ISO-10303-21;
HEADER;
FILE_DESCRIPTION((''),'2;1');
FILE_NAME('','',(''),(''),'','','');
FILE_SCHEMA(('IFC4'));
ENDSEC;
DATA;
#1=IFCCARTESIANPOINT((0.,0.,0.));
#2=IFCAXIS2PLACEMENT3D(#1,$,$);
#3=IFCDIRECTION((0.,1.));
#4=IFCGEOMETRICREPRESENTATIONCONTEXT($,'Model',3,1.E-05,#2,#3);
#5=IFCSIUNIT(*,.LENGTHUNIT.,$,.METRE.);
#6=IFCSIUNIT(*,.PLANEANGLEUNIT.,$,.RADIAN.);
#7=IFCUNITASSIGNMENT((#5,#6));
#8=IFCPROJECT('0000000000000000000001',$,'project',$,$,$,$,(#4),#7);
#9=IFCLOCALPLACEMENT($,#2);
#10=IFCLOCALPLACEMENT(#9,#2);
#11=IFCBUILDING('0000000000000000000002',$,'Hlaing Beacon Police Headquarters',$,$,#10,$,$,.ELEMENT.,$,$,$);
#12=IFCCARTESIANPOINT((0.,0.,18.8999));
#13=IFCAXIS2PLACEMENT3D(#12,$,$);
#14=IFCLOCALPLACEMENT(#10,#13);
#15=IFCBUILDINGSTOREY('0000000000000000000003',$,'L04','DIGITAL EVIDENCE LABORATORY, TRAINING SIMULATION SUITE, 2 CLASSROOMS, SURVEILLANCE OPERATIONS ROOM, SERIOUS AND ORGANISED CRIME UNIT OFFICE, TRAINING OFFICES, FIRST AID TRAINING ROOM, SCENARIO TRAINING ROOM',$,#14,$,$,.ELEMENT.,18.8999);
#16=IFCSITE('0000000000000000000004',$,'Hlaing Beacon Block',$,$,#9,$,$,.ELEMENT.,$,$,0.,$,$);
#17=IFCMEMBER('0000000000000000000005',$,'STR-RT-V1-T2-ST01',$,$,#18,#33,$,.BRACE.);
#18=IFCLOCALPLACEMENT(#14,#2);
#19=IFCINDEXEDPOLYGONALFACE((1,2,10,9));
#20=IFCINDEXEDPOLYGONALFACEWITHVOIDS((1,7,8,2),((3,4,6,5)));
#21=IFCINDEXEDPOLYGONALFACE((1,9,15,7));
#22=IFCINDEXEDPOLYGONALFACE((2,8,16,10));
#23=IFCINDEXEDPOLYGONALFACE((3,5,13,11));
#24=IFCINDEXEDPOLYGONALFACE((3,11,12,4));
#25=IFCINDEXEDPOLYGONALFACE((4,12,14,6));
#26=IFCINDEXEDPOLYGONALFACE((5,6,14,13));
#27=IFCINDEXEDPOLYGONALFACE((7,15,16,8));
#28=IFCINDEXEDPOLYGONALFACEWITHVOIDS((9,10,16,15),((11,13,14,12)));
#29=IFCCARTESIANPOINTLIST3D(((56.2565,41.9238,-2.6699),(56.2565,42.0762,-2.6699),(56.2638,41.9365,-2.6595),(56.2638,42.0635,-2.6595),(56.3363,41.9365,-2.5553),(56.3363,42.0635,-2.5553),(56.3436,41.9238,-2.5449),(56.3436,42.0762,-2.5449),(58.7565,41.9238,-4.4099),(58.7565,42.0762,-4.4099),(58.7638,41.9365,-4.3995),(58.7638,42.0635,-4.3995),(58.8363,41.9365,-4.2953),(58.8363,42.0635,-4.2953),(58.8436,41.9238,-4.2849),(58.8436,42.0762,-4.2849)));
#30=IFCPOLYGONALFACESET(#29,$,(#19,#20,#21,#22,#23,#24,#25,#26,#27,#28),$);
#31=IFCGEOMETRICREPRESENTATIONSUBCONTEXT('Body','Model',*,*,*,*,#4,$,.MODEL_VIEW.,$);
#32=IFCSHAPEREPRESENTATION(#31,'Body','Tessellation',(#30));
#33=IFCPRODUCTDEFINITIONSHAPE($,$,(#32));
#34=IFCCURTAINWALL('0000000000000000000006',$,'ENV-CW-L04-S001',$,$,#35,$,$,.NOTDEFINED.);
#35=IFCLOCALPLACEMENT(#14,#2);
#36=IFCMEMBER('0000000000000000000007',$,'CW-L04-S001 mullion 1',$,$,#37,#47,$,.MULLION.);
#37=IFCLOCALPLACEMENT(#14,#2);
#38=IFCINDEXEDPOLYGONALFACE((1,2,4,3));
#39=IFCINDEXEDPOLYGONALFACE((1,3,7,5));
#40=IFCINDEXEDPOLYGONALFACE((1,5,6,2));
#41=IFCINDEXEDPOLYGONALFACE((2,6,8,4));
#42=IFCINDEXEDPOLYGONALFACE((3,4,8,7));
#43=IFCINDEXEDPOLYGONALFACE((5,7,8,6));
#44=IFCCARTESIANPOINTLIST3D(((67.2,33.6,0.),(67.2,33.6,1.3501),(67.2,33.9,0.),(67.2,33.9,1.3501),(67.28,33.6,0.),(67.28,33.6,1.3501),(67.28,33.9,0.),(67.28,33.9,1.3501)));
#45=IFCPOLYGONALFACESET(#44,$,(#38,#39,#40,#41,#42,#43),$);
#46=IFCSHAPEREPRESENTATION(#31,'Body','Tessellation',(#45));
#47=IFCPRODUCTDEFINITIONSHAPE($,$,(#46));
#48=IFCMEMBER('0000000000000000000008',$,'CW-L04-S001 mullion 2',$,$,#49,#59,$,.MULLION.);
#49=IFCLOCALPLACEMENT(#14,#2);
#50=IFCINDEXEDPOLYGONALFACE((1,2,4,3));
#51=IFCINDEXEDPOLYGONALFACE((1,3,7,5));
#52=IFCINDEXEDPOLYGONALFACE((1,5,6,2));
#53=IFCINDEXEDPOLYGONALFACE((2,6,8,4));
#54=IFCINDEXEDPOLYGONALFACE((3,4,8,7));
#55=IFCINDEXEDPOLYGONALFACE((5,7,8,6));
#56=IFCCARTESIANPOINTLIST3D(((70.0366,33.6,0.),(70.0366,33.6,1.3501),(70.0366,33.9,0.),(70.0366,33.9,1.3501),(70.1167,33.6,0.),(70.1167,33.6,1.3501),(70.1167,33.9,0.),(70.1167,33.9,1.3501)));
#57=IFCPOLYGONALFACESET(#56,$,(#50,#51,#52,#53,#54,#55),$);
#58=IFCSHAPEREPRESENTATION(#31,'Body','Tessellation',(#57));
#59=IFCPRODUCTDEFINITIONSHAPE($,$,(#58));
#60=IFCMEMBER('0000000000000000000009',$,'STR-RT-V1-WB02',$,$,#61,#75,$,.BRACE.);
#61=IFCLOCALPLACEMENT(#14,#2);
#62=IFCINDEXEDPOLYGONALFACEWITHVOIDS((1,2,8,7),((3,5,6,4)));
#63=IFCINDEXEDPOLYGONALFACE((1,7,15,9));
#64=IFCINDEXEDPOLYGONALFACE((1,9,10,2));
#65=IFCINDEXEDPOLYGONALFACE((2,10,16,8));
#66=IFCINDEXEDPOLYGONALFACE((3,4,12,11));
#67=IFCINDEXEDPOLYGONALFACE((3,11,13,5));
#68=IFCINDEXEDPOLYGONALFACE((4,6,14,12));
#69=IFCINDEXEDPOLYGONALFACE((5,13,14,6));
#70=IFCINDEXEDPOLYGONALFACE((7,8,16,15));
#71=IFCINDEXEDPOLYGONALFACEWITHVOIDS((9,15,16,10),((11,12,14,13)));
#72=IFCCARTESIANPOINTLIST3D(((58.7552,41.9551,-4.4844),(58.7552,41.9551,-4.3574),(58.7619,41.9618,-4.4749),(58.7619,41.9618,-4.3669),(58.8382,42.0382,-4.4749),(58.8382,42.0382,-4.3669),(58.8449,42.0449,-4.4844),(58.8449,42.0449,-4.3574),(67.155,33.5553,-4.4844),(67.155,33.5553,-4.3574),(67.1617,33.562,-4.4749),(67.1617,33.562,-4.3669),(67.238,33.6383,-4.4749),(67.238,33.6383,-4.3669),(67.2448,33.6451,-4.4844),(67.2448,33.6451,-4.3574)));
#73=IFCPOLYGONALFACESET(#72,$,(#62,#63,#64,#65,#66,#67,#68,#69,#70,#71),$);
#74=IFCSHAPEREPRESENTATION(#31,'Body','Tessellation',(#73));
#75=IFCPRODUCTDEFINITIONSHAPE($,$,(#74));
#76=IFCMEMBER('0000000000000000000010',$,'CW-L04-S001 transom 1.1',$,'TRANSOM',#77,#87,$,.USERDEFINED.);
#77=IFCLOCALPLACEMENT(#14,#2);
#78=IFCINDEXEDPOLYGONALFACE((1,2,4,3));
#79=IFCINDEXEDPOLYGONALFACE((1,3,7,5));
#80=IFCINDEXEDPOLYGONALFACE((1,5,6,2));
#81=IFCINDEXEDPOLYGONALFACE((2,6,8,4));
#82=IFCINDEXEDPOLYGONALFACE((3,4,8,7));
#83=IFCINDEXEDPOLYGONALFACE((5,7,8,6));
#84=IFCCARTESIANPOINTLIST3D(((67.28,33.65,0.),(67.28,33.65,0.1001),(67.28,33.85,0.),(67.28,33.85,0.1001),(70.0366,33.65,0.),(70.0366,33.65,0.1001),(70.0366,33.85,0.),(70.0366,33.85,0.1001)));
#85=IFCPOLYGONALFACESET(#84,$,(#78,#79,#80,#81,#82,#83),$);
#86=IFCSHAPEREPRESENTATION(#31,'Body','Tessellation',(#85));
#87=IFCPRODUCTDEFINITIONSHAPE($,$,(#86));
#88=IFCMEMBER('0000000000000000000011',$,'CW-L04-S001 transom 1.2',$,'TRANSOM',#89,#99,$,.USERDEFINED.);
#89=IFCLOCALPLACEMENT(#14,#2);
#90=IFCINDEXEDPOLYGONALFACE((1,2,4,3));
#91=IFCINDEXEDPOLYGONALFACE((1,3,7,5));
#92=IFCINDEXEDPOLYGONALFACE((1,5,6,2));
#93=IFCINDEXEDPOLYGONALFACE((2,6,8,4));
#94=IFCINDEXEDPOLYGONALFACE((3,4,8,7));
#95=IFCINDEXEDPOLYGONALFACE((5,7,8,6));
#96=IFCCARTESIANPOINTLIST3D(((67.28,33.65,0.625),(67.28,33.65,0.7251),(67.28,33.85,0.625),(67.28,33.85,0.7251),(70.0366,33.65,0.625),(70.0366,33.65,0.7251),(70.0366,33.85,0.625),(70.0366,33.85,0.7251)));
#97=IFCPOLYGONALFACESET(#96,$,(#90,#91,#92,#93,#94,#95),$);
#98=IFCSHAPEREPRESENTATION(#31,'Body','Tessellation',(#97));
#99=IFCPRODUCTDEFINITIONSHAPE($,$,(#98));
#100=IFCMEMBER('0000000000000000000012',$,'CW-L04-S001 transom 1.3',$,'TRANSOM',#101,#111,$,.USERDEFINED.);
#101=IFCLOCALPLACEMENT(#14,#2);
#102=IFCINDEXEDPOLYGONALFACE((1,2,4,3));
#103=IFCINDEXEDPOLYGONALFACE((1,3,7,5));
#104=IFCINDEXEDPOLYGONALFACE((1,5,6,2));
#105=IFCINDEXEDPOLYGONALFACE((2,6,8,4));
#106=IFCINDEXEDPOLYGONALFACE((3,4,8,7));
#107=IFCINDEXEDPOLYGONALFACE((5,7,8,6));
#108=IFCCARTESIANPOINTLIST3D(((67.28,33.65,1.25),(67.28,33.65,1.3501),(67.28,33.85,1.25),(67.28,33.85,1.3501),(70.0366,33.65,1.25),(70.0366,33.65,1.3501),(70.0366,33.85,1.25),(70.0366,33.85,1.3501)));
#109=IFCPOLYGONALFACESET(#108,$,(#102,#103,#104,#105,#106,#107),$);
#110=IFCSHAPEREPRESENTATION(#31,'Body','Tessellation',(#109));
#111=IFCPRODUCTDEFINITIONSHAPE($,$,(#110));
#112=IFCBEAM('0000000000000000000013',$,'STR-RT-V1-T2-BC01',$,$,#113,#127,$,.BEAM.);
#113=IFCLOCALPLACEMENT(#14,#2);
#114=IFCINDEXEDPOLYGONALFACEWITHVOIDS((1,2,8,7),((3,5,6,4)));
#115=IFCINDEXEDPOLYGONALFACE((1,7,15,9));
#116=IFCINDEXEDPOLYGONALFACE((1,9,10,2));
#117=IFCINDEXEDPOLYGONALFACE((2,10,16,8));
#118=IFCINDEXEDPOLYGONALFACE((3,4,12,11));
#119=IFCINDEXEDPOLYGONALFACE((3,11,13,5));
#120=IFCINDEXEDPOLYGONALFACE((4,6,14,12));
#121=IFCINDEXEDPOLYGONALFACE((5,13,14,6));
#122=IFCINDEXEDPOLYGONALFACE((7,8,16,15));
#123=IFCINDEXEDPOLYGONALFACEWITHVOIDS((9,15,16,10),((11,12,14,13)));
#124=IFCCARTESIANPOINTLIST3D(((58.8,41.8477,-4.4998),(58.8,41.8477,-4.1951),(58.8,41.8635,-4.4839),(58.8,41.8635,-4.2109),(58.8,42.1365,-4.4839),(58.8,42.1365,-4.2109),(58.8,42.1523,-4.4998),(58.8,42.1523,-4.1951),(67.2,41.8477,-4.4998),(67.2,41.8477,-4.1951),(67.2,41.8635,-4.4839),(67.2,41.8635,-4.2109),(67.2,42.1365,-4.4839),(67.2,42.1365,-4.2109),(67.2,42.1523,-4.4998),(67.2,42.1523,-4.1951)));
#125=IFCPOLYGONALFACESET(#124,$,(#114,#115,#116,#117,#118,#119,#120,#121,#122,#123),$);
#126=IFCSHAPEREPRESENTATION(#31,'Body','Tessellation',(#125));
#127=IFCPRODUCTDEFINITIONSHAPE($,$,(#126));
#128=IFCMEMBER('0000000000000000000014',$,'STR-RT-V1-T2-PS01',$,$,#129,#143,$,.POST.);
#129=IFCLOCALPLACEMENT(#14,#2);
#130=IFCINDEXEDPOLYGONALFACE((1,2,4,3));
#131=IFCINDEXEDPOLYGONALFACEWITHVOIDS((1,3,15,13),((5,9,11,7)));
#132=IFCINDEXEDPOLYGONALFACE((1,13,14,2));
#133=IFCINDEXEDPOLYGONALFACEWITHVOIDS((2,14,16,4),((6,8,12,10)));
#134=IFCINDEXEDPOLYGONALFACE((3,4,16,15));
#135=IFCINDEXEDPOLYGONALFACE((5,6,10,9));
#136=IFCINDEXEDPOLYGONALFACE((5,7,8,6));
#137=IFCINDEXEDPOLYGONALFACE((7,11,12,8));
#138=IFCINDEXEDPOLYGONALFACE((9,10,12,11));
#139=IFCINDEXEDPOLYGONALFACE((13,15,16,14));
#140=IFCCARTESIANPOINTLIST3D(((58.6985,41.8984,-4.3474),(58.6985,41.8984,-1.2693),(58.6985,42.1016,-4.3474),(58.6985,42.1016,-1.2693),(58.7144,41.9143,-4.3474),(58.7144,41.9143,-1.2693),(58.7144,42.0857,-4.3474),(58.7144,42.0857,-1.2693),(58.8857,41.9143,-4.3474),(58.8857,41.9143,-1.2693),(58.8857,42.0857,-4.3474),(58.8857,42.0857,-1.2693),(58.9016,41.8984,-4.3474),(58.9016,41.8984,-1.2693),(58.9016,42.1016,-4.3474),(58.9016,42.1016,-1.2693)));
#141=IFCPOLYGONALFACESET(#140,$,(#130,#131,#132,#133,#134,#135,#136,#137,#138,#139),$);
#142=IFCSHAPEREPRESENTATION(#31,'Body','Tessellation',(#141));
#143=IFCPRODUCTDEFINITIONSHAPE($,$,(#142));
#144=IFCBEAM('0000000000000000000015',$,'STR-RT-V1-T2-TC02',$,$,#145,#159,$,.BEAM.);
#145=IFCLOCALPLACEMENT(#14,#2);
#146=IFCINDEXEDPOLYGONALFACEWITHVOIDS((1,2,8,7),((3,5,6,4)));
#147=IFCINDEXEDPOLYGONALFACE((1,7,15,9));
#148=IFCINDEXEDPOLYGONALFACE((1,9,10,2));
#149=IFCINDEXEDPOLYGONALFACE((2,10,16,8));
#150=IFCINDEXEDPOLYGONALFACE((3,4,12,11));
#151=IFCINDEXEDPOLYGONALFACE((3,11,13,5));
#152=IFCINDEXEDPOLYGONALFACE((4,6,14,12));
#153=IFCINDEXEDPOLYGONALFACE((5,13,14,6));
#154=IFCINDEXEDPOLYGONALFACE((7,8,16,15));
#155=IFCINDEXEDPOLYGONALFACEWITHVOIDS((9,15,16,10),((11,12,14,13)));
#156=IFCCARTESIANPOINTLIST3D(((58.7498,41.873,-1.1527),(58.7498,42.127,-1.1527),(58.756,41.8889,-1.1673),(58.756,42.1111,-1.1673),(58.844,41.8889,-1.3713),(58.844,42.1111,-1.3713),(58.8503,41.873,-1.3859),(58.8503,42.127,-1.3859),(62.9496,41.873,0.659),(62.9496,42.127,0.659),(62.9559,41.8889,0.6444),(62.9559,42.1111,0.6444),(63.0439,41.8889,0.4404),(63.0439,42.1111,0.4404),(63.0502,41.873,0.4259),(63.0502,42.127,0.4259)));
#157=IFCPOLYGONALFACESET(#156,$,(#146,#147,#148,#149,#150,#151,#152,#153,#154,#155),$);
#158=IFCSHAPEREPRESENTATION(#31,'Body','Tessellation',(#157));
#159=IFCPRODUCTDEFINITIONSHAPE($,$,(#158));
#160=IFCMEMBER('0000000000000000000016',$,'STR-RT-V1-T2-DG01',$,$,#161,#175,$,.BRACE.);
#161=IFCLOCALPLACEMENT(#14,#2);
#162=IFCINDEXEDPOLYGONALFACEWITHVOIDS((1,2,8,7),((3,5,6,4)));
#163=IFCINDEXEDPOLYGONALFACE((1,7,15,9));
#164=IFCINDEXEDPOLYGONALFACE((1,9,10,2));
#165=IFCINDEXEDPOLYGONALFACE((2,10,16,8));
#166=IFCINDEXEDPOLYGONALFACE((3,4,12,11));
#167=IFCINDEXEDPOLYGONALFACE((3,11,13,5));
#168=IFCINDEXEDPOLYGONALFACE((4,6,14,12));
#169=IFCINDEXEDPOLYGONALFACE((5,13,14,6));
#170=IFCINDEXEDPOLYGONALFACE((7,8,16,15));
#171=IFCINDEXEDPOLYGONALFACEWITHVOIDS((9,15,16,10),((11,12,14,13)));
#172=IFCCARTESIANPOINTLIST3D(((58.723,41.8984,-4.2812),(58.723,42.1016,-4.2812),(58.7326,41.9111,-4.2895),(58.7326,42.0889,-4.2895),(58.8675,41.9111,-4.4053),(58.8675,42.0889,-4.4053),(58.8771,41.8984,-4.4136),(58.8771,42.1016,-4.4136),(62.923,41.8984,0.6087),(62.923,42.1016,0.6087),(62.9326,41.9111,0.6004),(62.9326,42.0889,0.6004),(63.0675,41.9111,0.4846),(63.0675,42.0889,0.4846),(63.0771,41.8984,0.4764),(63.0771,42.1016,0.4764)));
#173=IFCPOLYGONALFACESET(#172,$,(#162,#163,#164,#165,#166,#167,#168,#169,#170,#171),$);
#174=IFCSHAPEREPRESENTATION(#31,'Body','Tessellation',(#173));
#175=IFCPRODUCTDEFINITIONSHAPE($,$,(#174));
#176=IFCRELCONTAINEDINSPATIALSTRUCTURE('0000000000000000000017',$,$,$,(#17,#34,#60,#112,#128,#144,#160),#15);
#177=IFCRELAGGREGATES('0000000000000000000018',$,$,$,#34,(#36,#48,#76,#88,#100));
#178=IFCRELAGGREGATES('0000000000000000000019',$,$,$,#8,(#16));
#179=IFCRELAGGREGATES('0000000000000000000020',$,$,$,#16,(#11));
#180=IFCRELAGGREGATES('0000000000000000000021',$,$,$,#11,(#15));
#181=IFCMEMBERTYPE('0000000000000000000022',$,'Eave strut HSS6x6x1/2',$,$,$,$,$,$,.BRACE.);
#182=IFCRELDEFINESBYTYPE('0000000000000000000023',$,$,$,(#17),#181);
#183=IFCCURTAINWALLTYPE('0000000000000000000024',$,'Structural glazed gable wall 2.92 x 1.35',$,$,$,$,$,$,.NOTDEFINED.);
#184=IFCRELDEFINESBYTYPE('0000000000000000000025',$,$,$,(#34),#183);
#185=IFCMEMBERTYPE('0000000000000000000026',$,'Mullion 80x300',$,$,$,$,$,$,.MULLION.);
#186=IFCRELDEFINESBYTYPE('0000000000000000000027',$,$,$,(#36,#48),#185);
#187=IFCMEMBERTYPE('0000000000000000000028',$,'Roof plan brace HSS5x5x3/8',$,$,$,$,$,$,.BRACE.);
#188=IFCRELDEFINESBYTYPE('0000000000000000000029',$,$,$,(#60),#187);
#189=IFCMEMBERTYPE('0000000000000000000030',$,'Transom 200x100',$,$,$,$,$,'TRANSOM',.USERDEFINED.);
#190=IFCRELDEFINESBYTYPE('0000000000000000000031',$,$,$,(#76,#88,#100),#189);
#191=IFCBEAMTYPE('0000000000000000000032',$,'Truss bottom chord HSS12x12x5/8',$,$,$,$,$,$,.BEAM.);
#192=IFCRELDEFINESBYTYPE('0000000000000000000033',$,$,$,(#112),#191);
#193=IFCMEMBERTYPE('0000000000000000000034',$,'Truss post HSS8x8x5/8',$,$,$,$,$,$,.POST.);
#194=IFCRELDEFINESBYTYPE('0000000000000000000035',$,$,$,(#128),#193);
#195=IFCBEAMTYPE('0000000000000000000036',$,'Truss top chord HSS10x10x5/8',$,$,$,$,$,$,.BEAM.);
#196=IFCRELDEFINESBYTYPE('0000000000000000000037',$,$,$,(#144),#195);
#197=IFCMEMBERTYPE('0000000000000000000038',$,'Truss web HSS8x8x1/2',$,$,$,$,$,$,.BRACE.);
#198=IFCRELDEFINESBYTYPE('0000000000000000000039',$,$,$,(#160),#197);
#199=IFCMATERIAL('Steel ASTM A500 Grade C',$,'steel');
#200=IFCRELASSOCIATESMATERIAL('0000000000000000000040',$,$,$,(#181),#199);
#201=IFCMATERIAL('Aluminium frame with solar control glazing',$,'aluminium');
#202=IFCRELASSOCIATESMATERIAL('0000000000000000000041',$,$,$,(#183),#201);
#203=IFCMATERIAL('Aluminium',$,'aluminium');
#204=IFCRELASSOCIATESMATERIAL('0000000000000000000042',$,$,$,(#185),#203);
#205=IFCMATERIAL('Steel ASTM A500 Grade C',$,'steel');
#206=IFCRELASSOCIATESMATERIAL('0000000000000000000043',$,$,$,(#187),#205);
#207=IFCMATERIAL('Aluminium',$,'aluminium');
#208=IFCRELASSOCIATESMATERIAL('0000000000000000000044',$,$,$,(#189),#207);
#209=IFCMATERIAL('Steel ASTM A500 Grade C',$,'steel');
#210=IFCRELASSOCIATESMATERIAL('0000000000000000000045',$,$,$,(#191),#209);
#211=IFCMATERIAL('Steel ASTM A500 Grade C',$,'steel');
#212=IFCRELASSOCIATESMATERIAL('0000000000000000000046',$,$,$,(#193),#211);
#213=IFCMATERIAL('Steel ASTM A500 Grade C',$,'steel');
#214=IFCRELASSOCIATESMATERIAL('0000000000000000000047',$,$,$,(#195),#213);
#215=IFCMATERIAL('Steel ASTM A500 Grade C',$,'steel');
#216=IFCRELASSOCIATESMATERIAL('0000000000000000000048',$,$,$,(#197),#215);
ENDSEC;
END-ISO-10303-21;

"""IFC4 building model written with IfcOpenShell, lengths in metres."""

from ifc_helpers import new_model, si_unit, direction, frame, origin, origin_2d, place, context, subcontext, project, spatial, rectangle, hollow_rectangle, extrude, material, material_profile, profile_set, type_object, element, aggregate, save


model = new_model("IFC4")

# Units and contexts
model_context = context("Model", 3, precision=1e-05, world=origin(), true_north=direction((0.0, 1.0)))
body_context = subcontext(model_context, "Body", "Model", "MODEL_VIEW")
ifc_project = project(units=[si_unit("LENGTHUNIT", "METRE"), si_unit("PLANEANGLEUNIT", "RADIAN")], contexts=[model_context])

# Site, building, storey
site_placement = place(None, origin())
site = spatial("IfcSite", under=ifc_project, at=site_placement, Name="Hlaing Beacon Block", CompositionType="ELEMENT", RefElevation=0.0)
building_placement = place(site_placement, origin())
building = spatial("IfcBuilding", under=site, at=building_placement, Name="Hlaing Beacon Police Headquarters", CompositionType="ELEMENT")
storey_placement = place(building_placement, frame((0.0, 0.0, 18.8999)))
storey = spatial("IfcBuildingStorey", under=building, at=storey_placement, Name="L04", Description="DIGITAL EVIDENCE LABORATORY, TRAINING SIMULATION SUITE, 2 CLASSROOMS, SURVEILLANCE OPERATIONS ROOM, SERIOUS AND ORGANISED CRIME UNIT OFFICE, TRAINING OFFICES, FIRST AID TRAINING ROOM, SCENARIO TRAINING ROOM", CompositionType="ELEMENT", Elevation=18.8999)

# Member
ifc_material_1 = material(Name="Steel ASTM A500 Grade C", Category="steel")
ifc_material_profile_1 = material_profile(ifc_material_1, hollow_rectangle(XDim=0.1523, YDim=0.1523, WallThickness=0.0127, at=origin_2d()), Name="HSS6x6x1/2")
ifc_profile_set_1 = profile_set([ifc_material_profile_1], Name="Steel ASTM A500 Grade C")
member_type_1 = type_object("IfcMemberType", Name="Eave strut HSS6x6x1/2", PredefinedType="BRACE", material=ifc_profile_set_1)
member_1_placement = place(storey_placement, frame((58.8, 42.0, -4.3474), z_axis=(-0.820773, 0.0, 0.571255), x_axis=(0.0, -1.0, 0.0)))
element("IfcMember", 1, at=member_1_placement, inside=storey, type_object=member_type_1, Name="STR-RT-V1-T2-ST01", PredefinedType="BRACE", context=body_context, shape_type="SweptSolid", body=[
    extrude(hollow_rectangle(XDim=0.1523, YDim=0.1523, WallThickness=0.0127, at=origin_2d()), origin(), (0.0, 0.0, 1.0), 3.0459),
])

# Curtain wall, members
ifc_material_2 = material(Name="Aluminium frame with solar control glazing", Category="aluminium")
curtain_wall_type = type_object("IfcCurtainWallType", Name="Structural glazed gable wall 2.92 x 1.35", PredefinedType="NOTDEFINED", material=ifc_material_2)
curtain_wall_placement = place(storey_placement, origin())
curtain_wall = element("IfcCurtainWall", 2, at=curtain_wall_placement, inside=storey, type_object=curtain_wall_type, Name="ENV-CW-L04-S001", PredefinedType="NOTDEFINED")
ifc_material_3 = material(Name="Aluminium", Category="aluminium")
ifc_material_profile_2 = material_profile(ifc_material_3, rectangle(XDim=0.3, YDim=0.0801, at=origin_2d()), Name="Mullion 80x300")
ifc_profile_set_2 = profile_set([ifc_material_profile_2], Name="Aluminium")
member_type_2 = type_object("IfcMemberType", Name="Mullion 80x300", PredefinedType="MULLION", material=ifc_profile_set_2)
member_2_placement = place(storey_placement, frame((67.24, 33.75, 0.0), z_axis=(0.0, 0.0, 1.0), x_axis=(0.0, 1.0, 0.0)))
member_2 = element("IfcMember", 3, at=member_2_placement, type_object=member_type_2, Name="CW-L04-S001 mullion 1", PredefinedType="MULLION", context=body_context, shape_type="SweptSolid", body=[
    extrude(rectangle(XDim=0.3, YDim=0.0801, at=origin_2d()), origin(), (0.0, 0.0, 1.0), 1.3501),
])
member_3_placement = place(storey_placement, frame((70.0767, 33.75, 0.0), z_axis=(0.0, 0.0, 1.0), x_axis=(0.0, 1.0, 0.0)))
member_3 = element("IfcMember", 4, at=member_3_placement, type_object=member_type_2, Name="CW-L04-S001 mullion 2", PredefinedType="MULLION", context=body_context, shape_type="SweptSolid", body=[
    extrude(rectangle(XDim=0.3, YDim=0.0801, at=origin_2d()), origin(), (0.0, 0.0, 1.0), 1.3501),
])

# Members
ifc_material_4 = material(Name="Steel ASTM A500 Grade C", Category="steel")
ifc_material_profile_3 = material_profile(ifc_material_4, hollow_rectangle(XDim=0.127, YDim=0.127, WallThickness=0.0095, at=origin_2d()), Name="HSS5x5x3/8")
ifc_profile_set_3 = profile_set([ifc_material_profile_3], Name="Steel ASTM A500 Grade C")
member_type_3 = type_object("IfcMemberType", Name="Roof plan brace HSS5x5x3/8", PredefinedType="BRACE", material=ifc_profile_set_3)
member_4_placement = place(storey_placement, frame((58.8, 42.0, -4.4209), z_axis=(0.707107, -0.707107, 0.0), x_axis=(0.707107, 0.707107, 0.0)))
element("IfcMember", 5, at=member_4_placement, inside=storey, type_object=member_type_3, Name="STR-RT-V1-WB02", PredefinedType="BRACE", context=body_context, shape_type="SweptSolid", body=[
    extrude(hollow_rectangle(XDim=0.127, YDim=0.127, WallThickness=0.0095, at=origin_2d()), origin(), (0.0, 0.0, 1.0), 11.8792),
])
ifc_material_5 = material(Name="Aluminium", Category="aluminium")
ifc_material_profile_4 = material_profile(ifc_material_5, rectangle(XDim=0.2, YDim=0.1001, at=origin_2d()), Name="Transom 200x100")
ifc_profile_set_4 = profile_set([ifc_material_profile_4], Name="Aluminium")
member_type_4 = type_object("IfcMemberType", Name="Transom 200x100", ElementType="TRANSOM", PredefinedType="USERDEFINED", material=ifc_profile_set_4)
member_5_placement = place(storey_placement, frame((67.28, 33.75, 0.05), z_axis=(1.0, 0.0, 0.0), x_axis=(0.0, 1.0, 0.0)))
member_5 = element("IfcMember", 6, at=member_5_placement, type_object=member_type_4, Name="CW-L04-S001 transom 1.1", ObjectType="TRANSOM", PredefinedType="USERDEFINED", context=body_context, shape_type="SweptSolid", body=[
    extrude(rectangle(XDim=0.2, YDim=0.1001, at=origin_2d()), origin(), (0.0, 0.0, 1.0), 2.7566),
])
member_6_placement = place(storey_placement, frame((67.28, 33.75, 0.675), z_axis=(1.0, 0.0, 0.0), x_axis=(0.0, 1.0, 0.0)))
member_6 = element("IfcMember", 7, at=member_6_placement, type_object=member_type_4, Name="CW-L04-S001 transom 1.2", ObjectType="TRANSOM", PredefinedType="USERDEFINED", context=body_context, shape_type="SweptSolid", body=[
    extrude(rectangle(XDim=0.2, YDim=0.1001, at=origin_2d()), origin(), (0.0, 0.0, 1.0), 2.7566),
])
member_7_placement = place(storey_placement, frame((67.28, 33.75, 1.3), z_axis=(1.0, 0.0, 0.0), x_axis=(0.0, 1.0, 0.0)))
member_7 = element("IfcMember", 8, at=member_7_placement, type_object=member_type_4, Name="CW-L04-S001 transom 1.3", ObjectType="TRANSOM", PredefinedType="USERDEFINED", context=body_context, shape_type="SweptSolid", body=[
    extrude(rectangle(XDim=0.2, YDim=0.1001, at=origin_2d()), origin(), (0.0, 0.0, 1.0), 2.7566),
])

# Beam
ifc_material_6 = material(Name="Steel ASTM A500 Grade C", Category="steel")
ifc_material_profile_5 = material_profile(ifc_material_6, hollow_rectangle(XDim=0.3047, YDim=0.3047, WallThickness=0.0159, at=origin_2d()), Name="HSS12x12x5/8")
ifc_profile_set_5 = profile_set([ifc_material_profile_5], Name="Steel ASTM A500 Grade C")
beam_type_1 = type_object("IfcBeamType", Name="Truss bottom chord HSS12x12x5/8", PredefinedType="BEAM", material=ifc_profile_set_5)
beam_1_placement = place(storey_placement, frame((58.8, 42.0, -4.3474), z_axis=(1.0, 0.0, 0.0), x_axis=(0.0, 1.0, 0.0)))
element("IfcBeam", 9, at=beam_1_placement, inside=storey, type_object=beam_type_1, Name="STR-RT-V1-T2-BC01", PredefinedType="BEAM", context=body_context, shape_type="SweptSolid", body=[
    extrude(hollow_rectangle(XDim=0.3047, YDim=0.3047, WallThickness=0.0159, at=origin_2d()), origin(), (0.0, 0.0, 1.0), 8.3999),
])

# Member
ifc_material_7 = material(Name="Steel ASTM A500 Grade C", Category="steel")
ifc_material_profile_6 = material_profile(ifc_material_7, hollow_rectangle(XDim=0.2031, YDim=0.2031, WallThickness=0.0159, at=origin_2d()), Name="HSS8x8x5/8")
ifc_profile_set_6 = profile_set([ifc_material_profile_6], Name="Steel ASTM A500 Grade C")
member_type_5 = type_object("IfcMemberType", Name="Truss post HSS8x8x5/8", PredefinedType="POST", material=ifc_profile_set_6)
member_8_placement = place(storey_placement, frame((58.8, 42.0, -4.3474), z_axis=(0.0, 0.0, 1.0), x_axis=(1.0, 0.0, 0.0)))
element("IfcMember", 10, at=member_8_placement, inside=storey, type_object=member_type_5, Name="STR-RT-V1-T2-PS01", PredefinedType="POST", context=body_context, shape_type="SweptSolid", body=[
    extrude(hollow_rectangle(XDim=0.2031, YDim=0.2031, WallThickness=0.0159, at=origin_2d()), origin(), (0.0, 0.0, 1.0), 3.0781),
])

# Beam
ifc_material_8 = material(Name="Steel ASTM A500 Grade C", Category="steel")
ifc_material_profile_7 = material_profile(ifc_material_8, hollow_rectangle(XDim=0.2539, YDim=0.2539, WallThickness=0.0159, at=origin_2d()), Name="HSS10x10x5/8")
ifc_profile_set_7 = profile_set([ifc_material_profile_7], Name="Steel ASTM A500 Grade C")
beam_type_2 = type_object("IfcBeamType", Name="Truss top chord HSS10x10x5/8", PredefinedType="BEAM", material=ifc_profile_set_7)
beam_2_placement = place(storey_placement, frame((58.8, 42.0, -1.2693), z_axis=(0.918209, 0.0, 0.396096), x_axis=(0.0, 1.0, 0.0)))
element("IfcBeam", 11, at=beam_2_placement, inside=storey, type_object=beam_type_2, Name="STR-RT-V1-T2-TC02", PredefinedType="BEAM", context=body_context, shape_type="SweptSolid", body=[
    extrude(hollow_rectangle(XDim=0.2539, YDim=0.2539, WallThickness=0.0159, at=origin_2d()), origin(), (0.0, 0.0, 1.0), 4.574),
])

# Member
ifc_material_9 = material(Name="Steel ASTM A500 Grade C", Category="steel")
ifc_material_profile_8 = material_profile(ifc_material_9, hollow_rectangle(XDim=0.2031, YDim=0.2031, WallThickness=0.0127, at=origin_2d()), Name="HSS8x8x1/2")
ifc_profile_set_8 = profile_set([ifc_material_profile_8], Name="Steel ASTM A500 Grade C")
member_type_6 = type_object("IfcMemberType", Name="Truss web HSS8x8x1/2", PredefinedType="BRACE", material=ifc_profile_set_8)
member_9_placement = place(storey_placement, frame((58.8, 42.0, -4.3474), z_axis=(0.651561, 0.0, 0.758596), x_axis=(0.0, 1.0, 0.0)))
element("IfcMember", 12, at=member_9_placement, inside=storey, type_object=member_type_6, Name="STR-RT-V1-T2-DG01", PredefinedType="BRACE", context=body_context, shape_type="SweptSolid", body=[
    extrude(hollow_rectangle(XDim=0.2031, YDim=0.2031, WallThickness=0.0127, at=origin_2d()), origin(), (0.0, 0.0, 1.0), 6.446),
])

aggregate(curtain_wall, [member_2, member_3, member_5, member_6, member_7])

save(model, "model.ifc")
